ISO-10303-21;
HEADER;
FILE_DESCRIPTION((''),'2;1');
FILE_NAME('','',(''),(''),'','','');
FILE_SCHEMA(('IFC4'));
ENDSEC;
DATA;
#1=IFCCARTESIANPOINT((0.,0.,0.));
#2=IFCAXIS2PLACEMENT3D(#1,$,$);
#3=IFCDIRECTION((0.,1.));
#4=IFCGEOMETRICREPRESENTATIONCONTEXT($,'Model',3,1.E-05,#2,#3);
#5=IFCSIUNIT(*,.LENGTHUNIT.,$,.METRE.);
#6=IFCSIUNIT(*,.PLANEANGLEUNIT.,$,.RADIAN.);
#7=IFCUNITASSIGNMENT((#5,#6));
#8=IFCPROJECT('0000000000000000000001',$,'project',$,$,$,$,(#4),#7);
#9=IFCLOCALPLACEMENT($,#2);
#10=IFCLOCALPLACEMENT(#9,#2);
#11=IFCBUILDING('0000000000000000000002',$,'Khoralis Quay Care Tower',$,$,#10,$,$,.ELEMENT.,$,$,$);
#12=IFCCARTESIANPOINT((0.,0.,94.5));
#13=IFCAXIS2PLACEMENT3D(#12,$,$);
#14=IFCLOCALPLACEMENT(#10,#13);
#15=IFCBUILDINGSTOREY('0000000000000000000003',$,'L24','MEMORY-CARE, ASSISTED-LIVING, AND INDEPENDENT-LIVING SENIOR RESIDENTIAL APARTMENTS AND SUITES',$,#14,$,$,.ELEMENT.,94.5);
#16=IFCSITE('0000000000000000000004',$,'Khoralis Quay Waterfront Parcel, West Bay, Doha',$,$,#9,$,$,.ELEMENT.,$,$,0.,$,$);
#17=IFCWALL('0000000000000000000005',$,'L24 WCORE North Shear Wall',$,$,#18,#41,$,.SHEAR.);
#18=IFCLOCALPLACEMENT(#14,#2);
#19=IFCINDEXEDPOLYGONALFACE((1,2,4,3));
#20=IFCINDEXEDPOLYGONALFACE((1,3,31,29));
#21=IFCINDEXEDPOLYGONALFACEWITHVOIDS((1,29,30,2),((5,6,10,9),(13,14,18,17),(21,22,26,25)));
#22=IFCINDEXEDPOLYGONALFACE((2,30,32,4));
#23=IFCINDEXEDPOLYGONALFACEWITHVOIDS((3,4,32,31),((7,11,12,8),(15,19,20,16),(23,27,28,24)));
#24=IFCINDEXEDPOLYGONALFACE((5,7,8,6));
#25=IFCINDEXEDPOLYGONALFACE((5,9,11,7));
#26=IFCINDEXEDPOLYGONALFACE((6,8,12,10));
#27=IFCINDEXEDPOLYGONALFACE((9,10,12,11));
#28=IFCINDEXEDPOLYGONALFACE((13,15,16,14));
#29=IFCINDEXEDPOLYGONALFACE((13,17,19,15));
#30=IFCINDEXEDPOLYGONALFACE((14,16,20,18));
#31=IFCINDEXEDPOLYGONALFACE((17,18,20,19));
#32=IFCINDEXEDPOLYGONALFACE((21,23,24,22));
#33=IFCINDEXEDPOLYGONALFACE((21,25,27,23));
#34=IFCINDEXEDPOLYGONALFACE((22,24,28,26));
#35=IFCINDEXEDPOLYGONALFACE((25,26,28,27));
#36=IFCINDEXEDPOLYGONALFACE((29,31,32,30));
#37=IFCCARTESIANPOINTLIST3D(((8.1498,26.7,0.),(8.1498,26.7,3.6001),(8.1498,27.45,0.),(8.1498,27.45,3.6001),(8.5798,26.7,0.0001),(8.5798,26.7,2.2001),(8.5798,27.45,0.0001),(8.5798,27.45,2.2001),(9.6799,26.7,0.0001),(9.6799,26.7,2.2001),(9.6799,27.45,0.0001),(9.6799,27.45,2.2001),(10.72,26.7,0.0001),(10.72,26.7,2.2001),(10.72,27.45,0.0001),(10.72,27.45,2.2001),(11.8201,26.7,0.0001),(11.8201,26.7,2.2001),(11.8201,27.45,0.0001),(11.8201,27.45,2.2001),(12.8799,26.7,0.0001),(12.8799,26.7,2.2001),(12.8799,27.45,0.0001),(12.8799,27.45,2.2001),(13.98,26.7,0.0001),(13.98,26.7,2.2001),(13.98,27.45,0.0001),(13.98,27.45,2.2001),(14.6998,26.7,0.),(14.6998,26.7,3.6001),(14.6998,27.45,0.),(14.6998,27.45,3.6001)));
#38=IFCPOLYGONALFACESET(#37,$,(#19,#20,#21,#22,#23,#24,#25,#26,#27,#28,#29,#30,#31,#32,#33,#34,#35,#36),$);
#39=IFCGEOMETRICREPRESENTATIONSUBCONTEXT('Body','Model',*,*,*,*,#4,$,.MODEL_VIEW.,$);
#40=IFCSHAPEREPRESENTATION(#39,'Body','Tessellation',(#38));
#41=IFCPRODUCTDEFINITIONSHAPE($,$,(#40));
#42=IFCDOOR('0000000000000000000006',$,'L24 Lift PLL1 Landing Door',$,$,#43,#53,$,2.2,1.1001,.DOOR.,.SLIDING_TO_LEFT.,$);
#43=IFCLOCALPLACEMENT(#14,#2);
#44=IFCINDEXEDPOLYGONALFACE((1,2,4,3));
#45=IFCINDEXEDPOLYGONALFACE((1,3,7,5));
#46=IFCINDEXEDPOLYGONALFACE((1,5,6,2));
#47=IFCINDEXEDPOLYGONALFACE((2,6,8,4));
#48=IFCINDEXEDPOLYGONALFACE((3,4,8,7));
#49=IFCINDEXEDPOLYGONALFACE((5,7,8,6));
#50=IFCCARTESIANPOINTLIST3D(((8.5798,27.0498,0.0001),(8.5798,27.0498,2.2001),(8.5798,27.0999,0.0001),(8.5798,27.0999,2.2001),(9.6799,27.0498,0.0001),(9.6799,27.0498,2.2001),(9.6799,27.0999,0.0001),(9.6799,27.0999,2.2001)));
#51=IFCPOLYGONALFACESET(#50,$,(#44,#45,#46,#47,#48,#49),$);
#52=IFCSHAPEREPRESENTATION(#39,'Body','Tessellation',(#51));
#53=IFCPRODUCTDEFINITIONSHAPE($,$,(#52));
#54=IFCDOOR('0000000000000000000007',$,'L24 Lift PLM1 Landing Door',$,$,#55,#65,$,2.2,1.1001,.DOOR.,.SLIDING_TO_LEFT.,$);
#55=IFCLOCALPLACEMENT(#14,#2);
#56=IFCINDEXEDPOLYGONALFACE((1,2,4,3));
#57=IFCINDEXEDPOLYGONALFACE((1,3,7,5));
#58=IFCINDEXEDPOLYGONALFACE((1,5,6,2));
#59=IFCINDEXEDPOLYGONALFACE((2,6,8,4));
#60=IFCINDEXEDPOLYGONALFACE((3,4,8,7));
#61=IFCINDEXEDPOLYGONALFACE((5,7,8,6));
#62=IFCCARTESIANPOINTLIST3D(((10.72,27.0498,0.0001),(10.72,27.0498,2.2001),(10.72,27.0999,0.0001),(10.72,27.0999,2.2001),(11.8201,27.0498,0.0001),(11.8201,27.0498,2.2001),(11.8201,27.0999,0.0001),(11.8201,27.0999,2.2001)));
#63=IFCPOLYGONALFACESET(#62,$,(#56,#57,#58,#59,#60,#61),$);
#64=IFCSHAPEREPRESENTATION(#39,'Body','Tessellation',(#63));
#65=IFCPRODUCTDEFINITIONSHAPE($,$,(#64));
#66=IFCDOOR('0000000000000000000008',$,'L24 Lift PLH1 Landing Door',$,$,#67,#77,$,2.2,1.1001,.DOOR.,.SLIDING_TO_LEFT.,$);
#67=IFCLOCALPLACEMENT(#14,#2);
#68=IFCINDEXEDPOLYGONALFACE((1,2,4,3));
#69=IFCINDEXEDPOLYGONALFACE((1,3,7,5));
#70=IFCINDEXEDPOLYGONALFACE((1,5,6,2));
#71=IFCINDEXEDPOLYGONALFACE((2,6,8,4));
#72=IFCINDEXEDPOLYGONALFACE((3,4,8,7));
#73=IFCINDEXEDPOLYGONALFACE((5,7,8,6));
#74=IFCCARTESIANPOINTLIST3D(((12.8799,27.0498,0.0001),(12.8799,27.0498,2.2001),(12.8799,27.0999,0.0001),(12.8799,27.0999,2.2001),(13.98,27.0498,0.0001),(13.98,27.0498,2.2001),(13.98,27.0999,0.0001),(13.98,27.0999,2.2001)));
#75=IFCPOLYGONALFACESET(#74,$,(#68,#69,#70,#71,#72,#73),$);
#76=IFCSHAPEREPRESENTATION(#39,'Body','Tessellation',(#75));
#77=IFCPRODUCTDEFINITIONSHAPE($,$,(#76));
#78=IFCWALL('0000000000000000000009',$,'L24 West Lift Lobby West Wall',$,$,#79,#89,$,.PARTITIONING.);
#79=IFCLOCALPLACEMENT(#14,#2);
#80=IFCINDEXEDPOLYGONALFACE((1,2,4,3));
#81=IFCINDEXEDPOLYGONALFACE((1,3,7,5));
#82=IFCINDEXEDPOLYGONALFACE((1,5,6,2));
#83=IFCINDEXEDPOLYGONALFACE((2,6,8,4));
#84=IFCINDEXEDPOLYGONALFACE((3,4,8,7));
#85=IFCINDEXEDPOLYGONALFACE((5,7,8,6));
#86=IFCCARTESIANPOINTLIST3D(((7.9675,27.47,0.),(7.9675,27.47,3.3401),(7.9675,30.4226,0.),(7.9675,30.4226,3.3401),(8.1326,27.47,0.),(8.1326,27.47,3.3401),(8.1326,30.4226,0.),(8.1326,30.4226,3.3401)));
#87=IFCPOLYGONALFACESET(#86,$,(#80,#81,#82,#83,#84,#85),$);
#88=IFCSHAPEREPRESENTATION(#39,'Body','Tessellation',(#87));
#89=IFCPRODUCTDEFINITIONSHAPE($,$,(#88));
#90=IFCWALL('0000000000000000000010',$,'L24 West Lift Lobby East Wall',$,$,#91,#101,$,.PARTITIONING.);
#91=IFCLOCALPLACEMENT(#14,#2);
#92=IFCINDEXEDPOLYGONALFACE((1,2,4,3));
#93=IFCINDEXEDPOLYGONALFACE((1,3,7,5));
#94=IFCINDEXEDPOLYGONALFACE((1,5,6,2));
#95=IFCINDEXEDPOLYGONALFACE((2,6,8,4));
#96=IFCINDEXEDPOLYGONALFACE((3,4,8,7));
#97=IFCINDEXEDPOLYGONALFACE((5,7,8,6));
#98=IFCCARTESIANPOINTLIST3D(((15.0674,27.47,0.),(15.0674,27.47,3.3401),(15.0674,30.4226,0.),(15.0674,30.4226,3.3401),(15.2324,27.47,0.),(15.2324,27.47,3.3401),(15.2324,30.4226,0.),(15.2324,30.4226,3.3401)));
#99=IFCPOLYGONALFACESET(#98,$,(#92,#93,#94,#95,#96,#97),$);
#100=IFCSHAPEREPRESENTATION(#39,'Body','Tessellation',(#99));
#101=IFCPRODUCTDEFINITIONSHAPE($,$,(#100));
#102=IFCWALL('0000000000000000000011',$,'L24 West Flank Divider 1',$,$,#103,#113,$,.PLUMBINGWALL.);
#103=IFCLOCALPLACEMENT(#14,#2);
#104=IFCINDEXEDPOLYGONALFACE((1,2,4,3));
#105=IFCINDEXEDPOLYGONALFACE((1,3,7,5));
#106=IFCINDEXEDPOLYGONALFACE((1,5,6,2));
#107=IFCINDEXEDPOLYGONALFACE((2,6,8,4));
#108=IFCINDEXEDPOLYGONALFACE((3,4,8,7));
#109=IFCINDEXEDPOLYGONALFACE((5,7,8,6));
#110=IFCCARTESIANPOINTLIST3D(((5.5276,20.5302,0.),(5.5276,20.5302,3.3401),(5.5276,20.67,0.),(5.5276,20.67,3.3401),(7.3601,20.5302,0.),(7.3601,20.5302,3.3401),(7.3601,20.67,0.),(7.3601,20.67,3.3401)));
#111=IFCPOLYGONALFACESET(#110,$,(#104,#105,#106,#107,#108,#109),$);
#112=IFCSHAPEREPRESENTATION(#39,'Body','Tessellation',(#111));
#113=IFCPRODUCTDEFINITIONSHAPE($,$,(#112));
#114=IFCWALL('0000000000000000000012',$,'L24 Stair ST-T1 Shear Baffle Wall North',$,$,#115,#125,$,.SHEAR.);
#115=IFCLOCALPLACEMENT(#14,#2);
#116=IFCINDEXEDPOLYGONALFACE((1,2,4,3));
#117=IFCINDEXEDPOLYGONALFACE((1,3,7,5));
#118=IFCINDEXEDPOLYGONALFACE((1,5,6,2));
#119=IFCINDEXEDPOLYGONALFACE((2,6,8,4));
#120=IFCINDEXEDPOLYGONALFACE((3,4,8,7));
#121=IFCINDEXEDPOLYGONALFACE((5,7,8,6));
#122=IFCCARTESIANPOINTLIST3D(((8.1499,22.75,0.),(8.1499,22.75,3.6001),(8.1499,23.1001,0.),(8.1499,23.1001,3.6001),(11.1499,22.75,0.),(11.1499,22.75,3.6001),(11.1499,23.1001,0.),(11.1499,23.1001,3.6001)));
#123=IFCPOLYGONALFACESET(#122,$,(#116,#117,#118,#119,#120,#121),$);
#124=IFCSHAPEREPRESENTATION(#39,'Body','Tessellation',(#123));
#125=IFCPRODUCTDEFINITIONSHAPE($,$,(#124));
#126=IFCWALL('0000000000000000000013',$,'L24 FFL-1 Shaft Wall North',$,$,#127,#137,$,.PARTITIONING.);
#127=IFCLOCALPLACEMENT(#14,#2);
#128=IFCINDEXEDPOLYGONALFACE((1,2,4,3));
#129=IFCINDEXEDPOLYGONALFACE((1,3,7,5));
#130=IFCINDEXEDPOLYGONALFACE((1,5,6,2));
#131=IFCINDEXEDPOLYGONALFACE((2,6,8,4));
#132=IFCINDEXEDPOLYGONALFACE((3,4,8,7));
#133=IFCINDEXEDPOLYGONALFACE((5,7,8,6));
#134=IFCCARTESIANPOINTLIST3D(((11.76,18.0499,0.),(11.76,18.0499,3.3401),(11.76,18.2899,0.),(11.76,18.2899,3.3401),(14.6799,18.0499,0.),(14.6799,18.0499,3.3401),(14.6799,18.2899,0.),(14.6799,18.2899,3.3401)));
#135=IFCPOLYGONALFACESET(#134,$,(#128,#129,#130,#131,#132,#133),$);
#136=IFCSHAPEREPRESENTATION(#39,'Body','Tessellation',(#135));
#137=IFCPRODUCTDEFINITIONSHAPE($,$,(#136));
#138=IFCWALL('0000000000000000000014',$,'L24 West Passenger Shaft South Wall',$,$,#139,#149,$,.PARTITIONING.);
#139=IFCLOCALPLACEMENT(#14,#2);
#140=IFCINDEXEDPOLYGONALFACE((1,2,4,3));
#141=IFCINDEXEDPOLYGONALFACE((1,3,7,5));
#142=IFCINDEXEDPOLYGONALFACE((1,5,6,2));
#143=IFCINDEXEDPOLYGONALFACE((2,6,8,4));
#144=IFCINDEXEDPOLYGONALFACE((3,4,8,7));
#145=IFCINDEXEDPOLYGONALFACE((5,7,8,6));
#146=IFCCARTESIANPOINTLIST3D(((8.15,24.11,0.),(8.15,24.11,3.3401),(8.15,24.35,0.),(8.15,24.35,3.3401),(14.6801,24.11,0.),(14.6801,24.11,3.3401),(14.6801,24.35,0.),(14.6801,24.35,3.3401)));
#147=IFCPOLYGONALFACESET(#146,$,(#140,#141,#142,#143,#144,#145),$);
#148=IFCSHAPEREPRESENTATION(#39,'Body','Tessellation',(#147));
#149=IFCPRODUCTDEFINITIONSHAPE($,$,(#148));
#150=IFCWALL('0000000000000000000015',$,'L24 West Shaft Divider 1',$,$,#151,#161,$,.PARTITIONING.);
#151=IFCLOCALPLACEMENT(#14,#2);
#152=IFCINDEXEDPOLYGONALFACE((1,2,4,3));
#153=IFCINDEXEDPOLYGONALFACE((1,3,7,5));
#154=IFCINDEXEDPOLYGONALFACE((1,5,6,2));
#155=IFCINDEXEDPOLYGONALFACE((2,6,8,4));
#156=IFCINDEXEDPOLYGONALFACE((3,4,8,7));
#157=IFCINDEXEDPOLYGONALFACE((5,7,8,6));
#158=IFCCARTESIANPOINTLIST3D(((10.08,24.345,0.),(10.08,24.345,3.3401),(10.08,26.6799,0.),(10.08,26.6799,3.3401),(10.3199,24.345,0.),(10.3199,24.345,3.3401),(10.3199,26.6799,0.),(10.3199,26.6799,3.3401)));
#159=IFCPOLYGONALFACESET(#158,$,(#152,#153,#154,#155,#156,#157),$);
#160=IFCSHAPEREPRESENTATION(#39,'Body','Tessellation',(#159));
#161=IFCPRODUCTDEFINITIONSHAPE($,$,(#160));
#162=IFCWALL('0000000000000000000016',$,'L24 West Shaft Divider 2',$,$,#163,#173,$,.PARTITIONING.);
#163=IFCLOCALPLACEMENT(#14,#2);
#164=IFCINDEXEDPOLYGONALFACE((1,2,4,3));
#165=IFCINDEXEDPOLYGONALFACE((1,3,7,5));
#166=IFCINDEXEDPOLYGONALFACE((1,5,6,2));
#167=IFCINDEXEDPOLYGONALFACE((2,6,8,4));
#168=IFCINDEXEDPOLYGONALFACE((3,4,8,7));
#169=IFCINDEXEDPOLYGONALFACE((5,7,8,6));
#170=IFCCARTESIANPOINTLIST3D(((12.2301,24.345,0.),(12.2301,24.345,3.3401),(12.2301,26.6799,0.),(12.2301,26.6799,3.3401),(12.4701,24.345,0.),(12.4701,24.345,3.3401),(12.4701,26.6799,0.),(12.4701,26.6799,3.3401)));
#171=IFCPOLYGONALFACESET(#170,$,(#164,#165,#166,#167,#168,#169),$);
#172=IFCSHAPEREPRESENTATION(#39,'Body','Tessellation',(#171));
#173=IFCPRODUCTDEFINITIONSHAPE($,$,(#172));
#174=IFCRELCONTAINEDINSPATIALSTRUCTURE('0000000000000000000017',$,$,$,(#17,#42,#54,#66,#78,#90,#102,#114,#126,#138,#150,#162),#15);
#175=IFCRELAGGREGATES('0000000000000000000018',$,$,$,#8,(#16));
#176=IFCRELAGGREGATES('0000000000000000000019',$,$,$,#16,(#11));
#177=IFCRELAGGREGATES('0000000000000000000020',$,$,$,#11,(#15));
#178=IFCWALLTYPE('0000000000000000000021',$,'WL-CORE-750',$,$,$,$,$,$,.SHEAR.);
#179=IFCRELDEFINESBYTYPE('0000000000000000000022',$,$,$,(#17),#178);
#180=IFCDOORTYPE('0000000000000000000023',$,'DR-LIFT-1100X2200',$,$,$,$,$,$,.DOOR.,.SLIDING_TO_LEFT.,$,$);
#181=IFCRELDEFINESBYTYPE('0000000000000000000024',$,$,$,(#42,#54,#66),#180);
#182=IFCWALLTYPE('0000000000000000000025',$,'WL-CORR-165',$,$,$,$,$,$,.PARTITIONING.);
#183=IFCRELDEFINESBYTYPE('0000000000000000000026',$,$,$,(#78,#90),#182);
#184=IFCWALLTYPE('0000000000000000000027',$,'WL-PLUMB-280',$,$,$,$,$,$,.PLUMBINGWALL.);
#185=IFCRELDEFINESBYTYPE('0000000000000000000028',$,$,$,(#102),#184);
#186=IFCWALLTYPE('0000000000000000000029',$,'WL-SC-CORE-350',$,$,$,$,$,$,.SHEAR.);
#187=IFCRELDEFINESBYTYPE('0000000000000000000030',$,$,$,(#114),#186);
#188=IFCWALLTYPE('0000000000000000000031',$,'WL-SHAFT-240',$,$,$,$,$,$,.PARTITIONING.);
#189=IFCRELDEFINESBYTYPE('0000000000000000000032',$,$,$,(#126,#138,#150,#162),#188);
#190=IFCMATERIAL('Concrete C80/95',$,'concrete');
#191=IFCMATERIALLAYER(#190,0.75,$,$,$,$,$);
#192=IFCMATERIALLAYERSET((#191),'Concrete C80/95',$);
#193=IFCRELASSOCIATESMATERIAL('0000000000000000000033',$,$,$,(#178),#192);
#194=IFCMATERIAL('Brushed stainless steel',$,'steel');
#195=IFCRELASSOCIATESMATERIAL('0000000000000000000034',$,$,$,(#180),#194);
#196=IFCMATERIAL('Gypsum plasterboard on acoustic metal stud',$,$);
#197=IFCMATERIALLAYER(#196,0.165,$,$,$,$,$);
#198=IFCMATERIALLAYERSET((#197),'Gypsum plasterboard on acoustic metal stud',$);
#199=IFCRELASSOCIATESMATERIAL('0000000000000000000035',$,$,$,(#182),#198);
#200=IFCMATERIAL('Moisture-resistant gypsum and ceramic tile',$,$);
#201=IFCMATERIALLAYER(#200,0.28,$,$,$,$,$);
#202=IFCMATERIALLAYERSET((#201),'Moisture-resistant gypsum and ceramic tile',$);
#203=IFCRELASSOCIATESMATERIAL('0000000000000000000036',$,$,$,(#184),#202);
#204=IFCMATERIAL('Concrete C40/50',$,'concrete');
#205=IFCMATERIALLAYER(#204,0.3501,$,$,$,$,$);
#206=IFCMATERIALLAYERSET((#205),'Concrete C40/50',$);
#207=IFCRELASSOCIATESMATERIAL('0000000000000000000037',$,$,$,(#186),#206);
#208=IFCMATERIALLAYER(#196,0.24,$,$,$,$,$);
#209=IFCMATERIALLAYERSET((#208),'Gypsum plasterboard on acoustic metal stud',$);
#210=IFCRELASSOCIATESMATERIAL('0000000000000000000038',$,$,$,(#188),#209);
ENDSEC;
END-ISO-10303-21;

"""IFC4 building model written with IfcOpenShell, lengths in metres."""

from ifc_helpers import new_model, si_unit, direction, frame, frame_2d, origin, place, context, subcontext, project, spatial, rectangle, extrude, source, transform, mapped, material, layer, layer_set, type_object, element, fill, save


model = new_model("IFC4")

# Units and contexts
model_context = context("Model", 3, precision=1e-05, world=origin(), true_north=direction((0.0, 1.0)))
body_context = subcontext(model_context, "Body", "Model", "MODEL_VIEW")
ifc_project = project(units=[si_unit("LENGTHUNIT", "METRE"), si_unit("PLANEANGLEUNIT", "RADIAN")], contexts=[model_context])

# Site, building, storey
site_placement = place(None, origin())
site = spatial("IfcSite", under=ifc_project, at=site_placement, Name="Khoralis Quay Waterfront Parcel, West Bay, Doha", CompositionType="ELEMENT", RefElevation=0.0)
building_placement = place(site_placement, origin())
building = spatial("IfcBuilding", under=site, at=building_placement, Name="Khoralis Quay Care Tower", CompositionType="ELEMENT")
storey_placement = place(building_placement, frame((0.0, 0.0, 94.5)))
storey = spatial("IfcBuildingStorey", under=building, at=storey_placement, Name="L24", Description="MEMORY-CARE, ASSISTED-LIVING, AND INDEPENDENT-LIVING SENIOR RESIDENTIAL APARTMENTS AND SUITES", CompositionType="ELEMENT", Elevation=94.5)

# Shared definitions
ifc_material_1 = material(Name="Concrete C80/95", Category="concrete")

# Wall, openings, doors
ifc_layer_1 = layer(ifc_material_1, 0.75)
ifc_layer_set_1 = layer_set([ifc_layer_1], Name="Concrete C80/95")
wall_type_1 = type_object("IfcWallType", Name="WL-CORE-750", PredefinedType="SHEAR", material=ifc_layer_set_1)
wall_1_placement = place(storey_placement, frame((8.1499, 27.075, 0.0), z_axis=(0.0, 0.0, 1.0), x_axis=(1.0, 0.0, 0.0)))
wall_1 = element("IfcWall", 1, at=wall_1_placement, inside=storey, type_object=wall_type_1, Name="L24 WCORE North Shear Wall", PredefinedType="SHEAR", context=body_context, shape_type="SweptSolid", body=[
    extrude(rectangle(XDim=6.55, YDim=0.75, at=frame_2d((3.2749, 0.0))), origin(), (0.0, 0.0, 1.0), 3.6001),
])
opening_1_placement = place(wall_1_placement, frame((0.4299, 0.0, 0.0)))
opening_1 = element("IfcOpeningElement", 2, at=opening_1_placement, cuts=wall_1, PredefinedType="OPENING", context=body_context, shape_type="SweptSolid", body=[
    extrude(rectangle(XDim=1.1001, YDim=2.2, at=frame_2d((0.55, 1.1001))), frame((0.0, 0.385, 0.0), z_axis=(0.0, -1.0, 0.0), x_axis=(1.0, 0.0, 0.0)), (0.0, 0.0, 1.0), 0.77),
])
opening_2_placement = place(wall_1_placement, frame((2.5701, 0.0, 0.0)))
opening_2 = element("IfcOpeningElement", 3, at=opening_2_placement, cuts=wall_1, PredefinedType="OPENING", context=body_context, shape_type="SweptSolid", body=[
    extrude(rectangle(XDim=1.1001, YDim=2.2, at=frame_2d((0.55, 1.1001))), frame((0.0, 0.385, 0.0), z_axis=(0.0, -1.0, 0.0), x_axis=(1.0, 0.0, 0.0)), (0.0, 0.0, 1.0), 0.77),
])
opening_3_placement = place(wall_1_placement, frame((4.73, 0.0, 0.0)))
opening_3 = element("IfcOpeningElement", 4, at=opening_3_placement, cuts=wall_1, PredefinedType="OPENING", context=body_context, shape_type="SweptSolid", body=[
    extrude(rectangle(XDim=1.1001, YDim=2.2, at=frame_2d((0.55, 1.1001))), frame((0.0, 0.385, 0.0), z_axis=(0.0, -1.0, 0.0), x_axis=(1.0, 0.0, 0.0)), (0.0, 0.0, 1.0), 0.77),
])
ifc_material_2 = material(Name="Brushed stainless steel", Category="steel")
door_type = type_object("IfcDoorType", Name="DR-LIFT-1100X2200", OperationType="SLIDING_TO_LEFT", PredefinedType="DOOR", material=ifc_material_2)
shared_shape_1 = source(origin(), body_context, "Body", "SweptSolid", [
    extrude(rectangle(XDim=1.1001, YDim=2.2, at=frame_2d((0.55, 1.1001))), frame((0.0, 0.0249, 0.0), z_axis=(0.0, -1.0, 0.0), x_axis=(1.0, 0.0, 0.0)), (0.0, 0.0, 1.0), 0.05),
])
door_1_placement = place(opening_1_placement, origin())
door_1 = element("IfcDoor", 5, at=door_1_placement, inside=storey, type_object=door_type, Name="L24 Lift PLL1 Landing Door", OperationType="SLIDING_TO_LEFT", OverallHeight=2.2, OverallWidth=1.1001, PredefinedType="DOOR", context=body_context, shape_type="MappedRepresentation", body=[
    mapped(shared_shape_1, transform((0.0, 0.0, 0.0), scale=1.0)),
])
fill(opening_1, door_1)
door_2_placement = place(opening_2_placement, origin())
door_2 = element("IfcDoor", 6, at=door_2_placement, inside=storey, type_object=door_type, Name="L24 Lift PLM1 Landing Door", OperationType="SLIDING_TO_LEFT", OverallHeight=2.2, OverallWidth=1.1001, PredefinedType="DOOR", context=body_context, shape_type="MappedRepresentation", body=[
    mapped(shared_shape_1, transform((0.0, 0.0, 0.0), scale=1.0)),
])
fill(opening_2, door_2)
door_3_placement = place(opening_3_placement, origin())
door_3 = element("IfcDoor", 7, at=door_3_placement, inside=storey, type_object=door_type, Name="L24 Lift PLH1 Landing Door", OperationType="SLIDING_TO_LEFT", OverallHeight=2.2, OverallWidth=1.1001, PredefinedType="DOOR", context=body_context, shape_type="MappedRepresentation", body=[
    mapped(shared_shape_1, transform((0.0, 0.0, 0.0), scale=1.0)),
])
fill(opening_3, door_3)

# Walls
ifc_material_3 = material(Name="Gypsum plasterboard on acoustic metal stud")
ifc_layer_2 = layer(ifc_material_3, 0.165)
ifc_layer_set_2 = layer_set([ifc_layer_2], Name="Gypsum plasterboard on acoustic metal stud")
wall_type_2 = type_object("IfcWallType", Name="WL-CORR-165", PredefinedType="PARTITIONING", material=ifc_layer_set_2)
for number, where, z_axis, x_axis, name in (
    (8, (8.05, 27.47, 0.0), (0.0, 0.0, 1.0), (0.0, 1.0, 0.0), "L24 West Lift Lobby West Wall"),
    (9, (15.1499, 27.47, 0.0), (0.0, 0.0, 1.0), (0.0, 1.0, 0.0), "L24 West Lift Lobby East Wall"),
):
    element("IfcWall", number, at=place(storey_placement, frame(where, z_axis=z_axis, x_axis=x_axis)), inside=storey, type_object=wall_type_2, Name=name, PredefinedType="PARTITIONING", context=body_context, shape_type="SweptSolid", body=[
        extrude(rectangle(XDim=2.9526, YDim=0.165, at=frame_2d((1.4763, 0.0))), origin(), (0.0, 0.0, 1.0), 3.3401),
    ])
ifc_material_4 = material(Name="Moisture-resistant gypsum and ceramic tile")
ifc_layer_3 = layer(ifc_material_4, 0.28)
ifc_layer_set_3 = layer_set([ifc_layer_3], Name="Moisture-resistant gypsum and ceramic tile")
wall_type_3 = type_object("IfcWallType", Name="WL-PLUMB-280", PredefinedType="PLUMBINGWALL", material=ifc_layer_set_3)
wall_2_placement = place(storey_placement, frame((5.5276, 20.6001, 0.0), z_axis=(0.0, 0.0, 1.0), x_axis=(1.0, 0.0, 0.0)))
element("IfcWall", 10, at=wall_2_placement, inside=storey, type_object=wall_type_3, Name="L24 West Flank Divider 1", PredefinedType="PLUMBINGWALL", context=body_context, shape_type="SweptSolid", body=[
    extrude(rectangle(XDim=1.8325, YDim=0.1399, at=frame_2d((0.9163, 0.0))), origin(), (0.0, 0.0, 1.0), 3.3401),
])
ifc_material_5 = material(Name="Concrete C40/50", Category="concrete")
ifc_layer_4 = layer(ifc_material_5, 0.3501)
ifc_layer_set_4 = layer_set([ifc_layer_4], Name="Concrete C40/50")
wall_type_4 = type_object("IfcWallType", Name="WL-SC-CORE-350", PredefinedType="SHEAR", material=ifc_layer_set_4)
wall_3_placement = place(storey_placement, frame((8.1499, 22.925, 0.0), z_axis=(0.0, 0.0, 1.0), x_axis=(1.0, 0.0, 0.0)))
element("IfcWall", 11, at=wall_3_placement, inside=storey, type_object=wall_type_4, Name="L24 Stair ST-T1 Shear Baffle Wall North", PredefinedType="SHEAR", context=body_context, shape_type="SweptSolid", body=[
    extrude(rectangle(XDim=3.0, YDim=0.3501, at=frame_2d((1.5, 0.0))), origin(), (0.0, 0.0, 1.0), 3.6001),
])
ifc_layer_5 = layer(ifc_material_3, 0.24)
ifc_layer_set_5 = layer_set([ifc_layer_5], Name="Gypsum plasterboard on acoustic metal stud")
wall_type_5 = type_object("IfcWallType", Name="WL-SHAFT-240", PredefinedType="PARTITIONING", material=ifc_layer_set_5)
wall_4_placement = place(storey_placement, frame((11.76, 18.1699, 0.0), z_axis=(0.0, 0.0, 1.0), x_axis=(1.0, 0.0, 0.0)))
element("IfcWall", 12, at=wall_4_placement, inside=storey, type_object=wall_type_5, Name="L24 FFL-1 Shaft Wall North", PredefinedType="PARTITIONING", context=body_context, shape_type="SweptSolid", body=[
    extrude(rectangle(XDim=2.9199, YDim=0.24, at=frame_2d((1.46, 0.0))), origin(), (0.0, 0.0, 1.0), 3.3401),
])
wall_5_placement = place(storey_placement, frame((8.1499, 24.23, 0.0), z_axis=(0.0, 0.0, 1.0), x_axis=(1.0, 0.0, 0.0)))
element("IfcWall", 13, at=wall_5_placement, inside=storey, type_object=wall_type_5, Name="L24 West Passenger Shaft South Wall", PredefinedType="PARTITIONING", context=body_context, shape_type="SweptSolid", body=[
    extrude(rectangle(XDim=6.53, YDim=0.24, at=frame_2d((3.2651, 0.0))), origin(), (0.0, 0.0, 1.0), 3.3401),
])
for number, where, z_axis, x_axis, name in (
    (14, (10.2, 24.345, 0.0), (0.0, 0.0, 1.0), (0.0, 1.0, 0.0), "L24 West Shaft Divider 1"),
    (15, (12.3501, 24.345, 0.0), (0.0, 0.0, 1.0), (0.0, 1.0, 0.0), "L24 West Shaft Divider 2"),
):
    element("IfcWall", number, at=place(storey_placement, frame(where, z_axis=z_axis, x_axis=x_axis)), inside=storey, type_object=wall_type_5, Name=name, PredefinedType="PARTITIONING", context=body_context, shape_type="SweptSolid", body=[
        extrude(rectangle(XDim=2.335, YDim=0.24, at=frame_2d((1.1675, 0.0))), origin(), (0.0, 0.0, 1.0), 3.3401),
    ])

save(model, "model.ifc")
